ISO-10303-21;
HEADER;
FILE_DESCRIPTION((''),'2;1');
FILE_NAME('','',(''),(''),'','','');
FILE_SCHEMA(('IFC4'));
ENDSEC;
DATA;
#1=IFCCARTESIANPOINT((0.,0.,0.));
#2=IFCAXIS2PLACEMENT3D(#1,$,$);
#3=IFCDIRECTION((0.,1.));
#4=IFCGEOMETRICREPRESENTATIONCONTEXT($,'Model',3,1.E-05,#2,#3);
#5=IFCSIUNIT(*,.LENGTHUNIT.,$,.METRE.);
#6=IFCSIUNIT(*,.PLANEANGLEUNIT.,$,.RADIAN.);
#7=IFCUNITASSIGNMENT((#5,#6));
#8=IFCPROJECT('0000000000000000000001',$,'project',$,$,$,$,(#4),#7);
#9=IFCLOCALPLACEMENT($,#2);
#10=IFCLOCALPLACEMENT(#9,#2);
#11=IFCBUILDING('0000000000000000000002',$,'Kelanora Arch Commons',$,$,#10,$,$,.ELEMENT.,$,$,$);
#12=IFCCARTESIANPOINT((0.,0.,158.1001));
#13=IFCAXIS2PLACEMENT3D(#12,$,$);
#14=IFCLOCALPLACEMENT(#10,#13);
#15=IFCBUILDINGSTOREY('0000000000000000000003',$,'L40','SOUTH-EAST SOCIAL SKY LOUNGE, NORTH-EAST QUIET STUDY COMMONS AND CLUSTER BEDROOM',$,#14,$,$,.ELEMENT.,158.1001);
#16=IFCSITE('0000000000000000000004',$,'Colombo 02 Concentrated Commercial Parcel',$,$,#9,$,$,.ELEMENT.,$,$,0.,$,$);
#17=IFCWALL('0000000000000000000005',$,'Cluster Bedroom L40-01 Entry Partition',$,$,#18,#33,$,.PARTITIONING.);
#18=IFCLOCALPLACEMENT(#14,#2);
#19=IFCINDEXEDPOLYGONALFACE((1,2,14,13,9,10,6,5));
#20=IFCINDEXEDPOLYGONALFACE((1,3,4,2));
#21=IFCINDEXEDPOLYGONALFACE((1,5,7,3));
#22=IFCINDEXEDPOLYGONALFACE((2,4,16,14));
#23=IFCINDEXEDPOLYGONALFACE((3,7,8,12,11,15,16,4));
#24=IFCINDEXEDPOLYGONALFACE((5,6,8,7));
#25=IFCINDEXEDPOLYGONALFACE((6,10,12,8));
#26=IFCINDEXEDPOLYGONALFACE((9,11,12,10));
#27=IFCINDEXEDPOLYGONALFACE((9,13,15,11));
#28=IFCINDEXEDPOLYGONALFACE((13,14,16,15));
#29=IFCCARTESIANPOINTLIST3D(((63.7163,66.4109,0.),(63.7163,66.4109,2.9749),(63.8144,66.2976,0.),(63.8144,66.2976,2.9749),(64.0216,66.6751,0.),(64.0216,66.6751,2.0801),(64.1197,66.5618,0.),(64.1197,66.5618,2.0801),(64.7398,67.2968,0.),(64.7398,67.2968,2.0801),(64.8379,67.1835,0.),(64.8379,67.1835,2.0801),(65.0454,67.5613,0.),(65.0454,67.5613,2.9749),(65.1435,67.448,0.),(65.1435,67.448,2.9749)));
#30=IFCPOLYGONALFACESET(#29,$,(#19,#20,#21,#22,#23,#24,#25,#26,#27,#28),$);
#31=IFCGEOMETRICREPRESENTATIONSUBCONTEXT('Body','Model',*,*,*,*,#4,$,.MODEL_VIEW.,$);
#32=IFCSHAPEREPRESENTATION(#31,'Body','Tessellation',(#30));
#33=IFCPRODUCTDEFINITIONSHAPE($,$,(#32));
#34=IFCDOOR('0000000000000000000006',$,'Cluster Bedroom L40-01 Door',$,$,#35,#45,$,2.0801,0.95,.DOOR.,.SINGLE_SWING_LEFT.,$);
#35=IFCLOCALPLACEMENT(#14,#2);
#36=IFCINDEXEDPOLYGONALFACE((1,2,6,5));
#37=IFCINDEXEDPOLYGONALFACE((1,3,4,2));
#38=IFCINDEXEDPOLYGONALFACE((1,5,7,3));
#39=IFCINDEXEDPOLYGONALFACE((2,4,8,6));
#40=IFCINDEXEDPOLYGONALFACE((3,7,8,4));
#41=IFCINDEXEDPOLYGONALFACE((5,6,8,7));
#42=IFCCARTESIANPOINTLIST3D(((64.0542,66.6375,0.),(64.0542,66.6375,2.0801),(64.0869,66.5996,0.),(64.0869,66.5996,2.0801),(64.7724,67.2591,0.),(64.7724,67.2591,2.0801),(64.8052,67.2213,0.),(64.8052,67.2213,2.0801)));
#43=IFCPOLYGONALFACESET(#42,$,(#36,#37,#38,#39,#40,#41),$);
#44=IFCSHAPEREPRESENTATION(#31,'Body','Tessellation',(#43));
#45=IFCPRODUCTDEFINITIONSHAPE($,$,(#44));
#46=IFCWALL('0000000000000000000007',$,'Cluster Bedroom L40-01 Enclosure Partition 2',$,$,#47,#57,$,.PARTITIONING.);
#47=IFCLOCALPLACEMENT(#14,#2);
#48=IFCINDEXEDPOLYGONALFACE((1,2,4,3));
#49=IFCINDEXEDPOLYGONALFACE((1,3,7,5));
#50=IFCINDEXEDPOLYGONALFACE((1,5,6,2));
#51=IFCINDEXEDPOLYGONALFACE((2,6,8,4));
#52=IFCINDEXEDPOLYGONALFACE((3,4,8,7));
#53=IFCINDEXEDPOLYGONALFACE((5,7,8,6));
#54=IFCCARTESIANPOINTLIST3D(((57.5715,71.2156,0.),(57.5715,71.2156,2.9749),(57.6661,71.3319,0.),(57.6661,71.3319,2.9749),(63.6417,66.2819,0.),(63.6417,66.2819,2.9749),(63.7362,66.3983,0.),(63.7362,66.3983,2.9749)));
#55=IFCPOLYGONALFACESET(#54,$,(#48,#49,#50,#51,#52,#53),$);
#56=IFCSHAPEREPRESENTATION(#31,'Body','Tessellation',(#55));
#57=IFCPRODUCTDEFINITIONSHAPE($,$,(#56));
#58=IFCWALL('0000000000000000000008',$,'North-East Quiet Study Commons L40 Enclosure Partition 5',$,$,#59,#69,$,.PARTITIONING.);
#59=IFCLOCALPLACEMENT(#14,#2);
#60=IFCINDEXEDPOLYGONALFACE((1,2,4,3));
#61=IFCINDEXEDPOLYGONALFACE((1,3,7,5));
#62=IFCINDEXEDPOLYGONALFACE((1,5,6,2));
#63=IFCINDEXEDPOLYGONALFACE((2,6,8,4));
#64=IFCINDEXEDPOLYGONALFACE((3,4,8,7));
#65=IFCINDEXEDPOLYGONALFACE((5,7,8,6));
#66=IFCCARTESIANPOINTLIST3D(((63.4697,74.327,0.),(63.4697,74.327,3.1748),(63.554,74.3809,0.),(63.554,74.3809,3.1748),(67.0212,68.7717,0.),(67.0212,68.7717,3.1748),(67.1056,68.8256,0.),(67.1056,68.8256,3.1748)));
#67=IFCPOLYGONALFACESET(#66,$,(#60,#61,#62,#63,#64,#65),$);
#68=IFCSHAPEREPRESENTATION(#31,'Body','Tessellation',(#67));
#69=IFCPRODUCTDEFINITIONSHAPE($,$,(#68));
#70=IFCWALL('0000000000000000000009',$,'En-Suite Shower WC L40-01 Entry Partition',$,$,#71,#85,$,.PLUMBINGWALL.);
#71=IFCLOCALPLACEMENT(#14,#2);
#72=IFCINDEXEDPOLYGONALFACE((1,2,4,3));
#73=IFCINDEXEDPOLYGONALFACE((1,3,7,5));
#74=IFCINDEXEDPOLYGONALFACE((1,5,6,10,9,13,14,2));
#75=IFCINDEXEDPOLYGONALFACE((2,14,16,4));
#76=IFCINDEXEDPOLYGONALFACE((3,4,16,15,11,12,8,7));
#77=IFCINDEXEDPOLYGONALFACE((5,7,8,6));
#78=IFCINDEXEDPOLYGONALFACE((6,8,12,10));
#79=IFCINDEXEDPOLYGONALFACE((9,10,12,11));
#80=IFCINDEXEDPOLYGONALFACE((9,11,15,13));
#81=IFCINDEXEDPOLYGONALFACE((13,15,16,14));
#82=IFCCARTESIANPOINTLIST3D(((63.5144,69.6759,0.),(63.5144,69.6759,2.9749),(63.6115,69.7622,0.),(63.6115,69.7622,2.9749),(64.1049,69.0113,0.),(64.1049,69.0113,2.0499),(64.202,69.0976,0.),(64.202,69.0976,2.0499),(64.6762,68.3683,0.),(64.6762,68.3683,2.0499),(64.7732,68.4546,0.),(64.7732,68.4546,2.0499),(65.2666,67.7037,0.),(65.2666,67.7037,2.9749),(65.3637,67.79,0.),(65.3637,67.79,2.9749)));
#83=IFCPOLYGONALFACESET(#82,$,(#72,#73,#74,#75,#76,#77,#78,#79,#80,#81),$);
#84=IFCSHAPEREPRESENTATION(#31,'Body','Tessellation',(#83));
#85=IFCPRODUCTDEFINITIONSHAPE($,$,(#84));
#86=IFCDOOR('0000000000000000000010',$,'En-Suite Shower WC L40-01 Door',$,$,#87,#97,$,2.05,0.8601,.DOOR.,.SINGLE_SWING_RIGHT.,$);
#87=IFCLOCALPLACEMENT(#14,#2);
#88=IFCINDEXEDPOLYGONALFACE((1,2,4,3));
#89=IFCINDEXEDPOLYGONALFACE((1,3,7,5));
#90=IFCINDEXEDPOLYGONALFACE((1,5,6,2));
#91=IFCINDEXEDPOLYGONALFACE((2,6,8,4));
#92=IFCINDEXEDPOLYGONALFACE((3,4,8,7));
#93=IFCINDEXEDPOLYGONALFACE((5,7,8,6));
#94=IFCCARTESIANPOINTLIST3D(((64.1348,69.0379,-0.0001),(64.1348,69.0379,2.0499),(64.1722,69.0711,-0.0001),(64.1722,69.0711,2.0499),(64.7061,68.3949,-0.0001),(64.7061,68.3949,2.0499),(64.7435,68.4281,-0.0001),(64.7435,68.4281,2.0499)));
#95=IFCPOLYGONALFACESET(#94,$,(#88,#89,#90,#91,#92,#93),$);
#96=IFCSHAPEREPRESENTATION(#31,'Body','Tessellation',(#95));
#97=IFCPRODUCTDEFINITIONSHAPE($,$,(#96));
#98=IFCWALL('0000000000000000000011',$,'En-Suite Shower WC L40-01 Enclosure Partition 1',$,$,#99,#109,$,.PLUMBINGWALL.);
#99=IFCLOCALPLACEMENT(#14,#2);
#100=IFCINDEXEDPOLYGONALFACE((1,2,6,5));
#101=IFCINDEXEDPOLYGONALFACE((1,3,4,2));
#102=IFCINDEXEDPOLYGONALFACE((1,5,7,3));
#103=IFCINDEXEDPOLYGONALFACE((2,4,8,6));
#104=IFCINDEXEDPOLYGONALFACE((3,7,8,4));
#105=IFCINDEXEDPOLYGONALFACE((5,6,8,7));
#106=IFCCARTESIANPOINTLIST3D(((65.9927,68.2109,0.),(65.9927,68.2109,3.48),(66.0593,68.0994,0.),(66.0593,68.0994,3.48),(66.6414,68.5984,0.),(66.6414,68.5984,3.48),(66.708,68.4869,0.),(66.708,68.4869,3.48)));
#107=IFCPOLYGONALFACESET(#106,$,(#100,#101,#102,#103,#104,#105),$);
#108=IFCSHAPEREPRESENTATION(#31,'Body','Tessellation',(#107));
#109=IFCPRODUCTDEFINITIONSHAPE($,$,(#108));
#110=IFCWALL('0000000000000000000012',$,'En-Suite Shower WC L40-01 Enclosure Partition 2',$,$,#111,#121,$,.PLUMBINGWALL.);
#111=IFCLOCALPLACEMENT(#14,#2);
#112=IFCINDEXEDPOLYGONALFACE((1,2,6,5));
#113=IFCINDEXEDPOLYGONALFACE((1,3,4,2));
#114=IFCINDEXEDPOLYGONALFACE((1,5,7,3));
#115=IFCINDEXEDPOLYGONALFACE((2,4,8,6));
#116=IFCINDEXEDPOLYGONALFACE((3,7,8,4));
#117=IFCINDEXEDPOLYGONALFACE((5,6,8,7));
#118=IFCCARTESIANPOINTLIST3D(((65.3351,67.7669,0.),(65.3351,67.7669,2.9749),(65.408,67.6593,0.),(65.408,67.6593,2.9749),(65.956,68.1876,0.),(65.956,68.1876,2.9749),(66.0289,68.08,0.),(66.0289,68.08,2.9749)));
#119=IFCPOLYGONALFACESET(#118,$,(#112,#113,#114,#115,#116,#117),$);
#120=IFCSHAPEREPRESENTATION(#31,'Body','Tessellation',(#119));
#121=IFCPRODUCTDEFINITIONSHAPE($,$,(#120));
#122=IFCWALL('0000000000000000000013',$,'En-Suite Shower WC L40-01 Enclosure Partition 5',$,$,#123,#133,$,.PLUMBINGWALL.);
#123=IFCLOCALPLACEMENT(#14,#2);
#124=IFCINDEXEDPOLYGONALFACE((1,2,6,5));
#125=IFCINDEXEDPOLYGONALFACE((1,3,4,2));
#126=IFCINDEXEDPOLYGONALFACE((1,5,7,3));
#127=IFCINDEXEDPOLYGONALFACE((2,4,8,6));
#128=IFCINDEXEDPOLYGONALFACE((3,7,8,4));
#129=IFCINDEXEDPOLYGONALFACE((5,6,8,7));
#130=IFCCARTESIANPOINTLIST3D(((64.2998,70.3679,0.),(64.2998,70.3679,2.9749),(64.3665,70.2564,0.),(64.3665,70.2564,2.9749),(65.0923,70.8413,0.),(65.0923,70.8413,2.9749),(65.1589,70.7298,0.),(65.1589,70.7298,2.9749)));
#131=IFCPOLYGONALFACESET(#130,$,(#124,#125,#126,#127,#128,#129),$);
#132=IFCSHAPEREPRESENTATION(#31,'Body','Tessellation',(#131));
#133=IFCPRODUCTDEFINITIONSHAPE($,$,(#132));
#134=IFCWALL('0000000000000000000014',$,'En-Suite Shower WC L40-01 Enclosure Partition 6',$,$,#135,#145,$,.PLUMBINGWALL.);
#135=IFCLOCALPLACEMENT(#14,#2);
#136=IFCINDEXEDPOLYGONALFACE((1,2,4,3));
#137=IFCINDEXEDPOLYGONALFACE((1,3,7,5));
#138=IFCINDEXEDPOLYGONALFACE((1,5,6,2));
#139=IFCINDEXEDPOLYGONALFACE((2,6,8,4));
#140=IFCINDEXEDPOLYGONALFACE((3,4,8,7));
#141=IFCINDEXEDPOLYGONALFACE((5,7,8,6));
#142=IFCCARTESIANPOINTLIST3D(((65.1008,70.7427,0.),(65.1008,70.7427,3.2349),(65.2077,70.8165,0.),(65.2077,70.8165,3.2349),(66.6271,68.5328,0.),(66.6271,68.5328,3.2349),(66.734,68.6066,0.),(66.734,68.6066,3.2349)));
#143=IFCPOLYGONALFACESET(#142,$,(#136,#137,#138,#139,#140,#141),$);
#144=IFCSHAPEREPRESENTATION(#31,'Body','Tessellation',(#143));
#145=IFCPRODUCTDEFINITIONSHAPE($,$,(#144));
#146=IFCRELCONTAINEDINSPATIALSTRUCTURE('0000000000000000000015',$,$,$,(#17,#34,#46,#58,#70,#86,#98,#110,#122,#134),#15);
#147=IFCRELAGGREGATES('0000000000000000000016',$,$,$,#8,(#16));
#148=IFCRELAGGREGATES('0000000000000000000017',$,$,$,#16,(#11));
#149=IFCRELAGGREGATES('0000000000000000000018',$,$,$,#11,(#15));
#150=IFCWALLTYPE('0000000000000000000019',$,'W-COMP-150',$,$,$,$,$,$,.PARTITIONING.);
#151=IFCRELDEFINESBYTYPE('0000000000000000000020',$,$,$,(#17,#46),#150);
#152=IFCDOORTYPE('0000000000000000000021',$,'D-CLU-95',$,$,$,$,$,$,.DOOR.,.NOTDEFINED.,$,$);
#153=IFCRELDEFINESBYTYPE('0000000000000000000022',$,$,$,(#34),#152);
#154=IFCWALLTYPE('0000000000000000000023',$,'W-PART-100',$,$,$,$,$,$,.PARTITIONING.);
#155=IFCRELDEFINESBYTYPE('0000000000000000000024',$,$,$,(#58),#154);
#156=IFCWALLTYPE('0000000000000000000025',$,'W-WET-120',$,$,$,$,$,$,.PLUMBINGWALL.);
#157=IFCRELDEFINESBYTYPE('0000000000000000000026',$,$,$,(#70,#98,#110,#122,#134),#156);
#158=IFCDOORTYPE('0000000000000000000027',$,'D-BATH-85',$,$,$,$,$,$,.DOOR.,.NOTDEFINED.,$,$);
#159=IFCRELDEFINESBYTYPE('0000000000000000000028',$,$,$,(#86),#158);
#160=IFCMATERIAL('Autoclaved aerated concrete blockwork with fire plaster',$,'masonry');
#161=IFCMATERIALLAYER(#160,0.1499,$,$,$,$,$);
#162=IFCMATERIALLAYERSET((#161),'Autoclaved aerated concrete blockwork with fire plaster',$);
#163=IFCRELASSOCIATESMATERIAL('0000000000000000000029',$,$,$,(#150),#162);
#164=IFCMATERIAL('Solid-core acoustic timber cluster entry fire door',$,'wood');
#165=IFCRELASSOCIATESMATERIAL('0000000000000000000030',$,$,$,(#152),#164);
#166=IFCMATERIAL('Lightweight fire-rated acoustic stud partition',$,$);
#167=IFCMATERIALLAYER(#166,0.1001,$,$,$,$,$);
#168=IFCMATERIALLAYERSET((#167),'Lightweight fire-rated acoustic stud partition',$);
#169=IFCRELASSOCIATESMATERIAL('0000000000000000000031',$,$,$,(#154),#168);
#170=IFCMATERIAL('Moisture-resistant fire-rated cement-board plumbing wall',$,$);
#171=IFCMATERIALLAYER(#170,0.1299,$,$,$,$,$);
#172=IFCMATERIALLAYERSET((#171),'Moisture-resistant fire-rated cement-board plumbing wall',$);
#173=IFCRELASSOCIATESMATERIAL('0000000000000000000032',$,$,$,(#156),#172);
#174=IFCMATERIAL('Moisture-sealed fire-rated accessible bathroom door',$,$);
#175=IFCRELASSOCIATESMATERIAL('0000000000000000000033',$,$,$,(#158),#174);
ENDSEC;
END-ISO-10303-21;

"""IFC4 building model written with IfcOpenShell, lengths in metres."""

from ifc_helpers import new_model, si_unit, direction, frame, frame_2d, origin, place, context, subcontext, project, spatial, rectangle, extrude, material, layer, layer_set, type_object, element, fill, save


model = new_model("IFC4")

# Units and contexts
model_context = context("Model", 3, precision=1e-05, world=origin(), true_north=direction((0.0, 1.0)))
body_context = subcontext(model_context, "Body", "Model", "MODEL_VIEW")
ifc_project = project(units=[si_unit("LENGTHUNIT", "METRE"), si_unit("PLANEANGLEUNIT", "RADIAN")], contexts=[model_context])

# Site, building, storey
site_placement = place(None, origin())
site = spatial("IfcSite", under=ifc_project, at=site_placement, Name="Colombo 02 Concentrated Commercial Parcel", CompositionType="ELEMENT", RefElevation=0.0)
building_placement = place(site_placement, origin())
building = spatial("IfcBuilding", under=site, at=building_placement, Name="Kelanora Arch Commons", CompositionType="ELEMENT")
storey_placement = place(building_placement, frame((0.0, 0.0, 158.1001)))
storey = spatial("IfcBuildingStorey", under=building, at=storey_placement, Name="L40", Description="SOUTH-EAST SOCIAL SKY LOUNGE, NORTH-EAST QUIET STUDY COMMONS AND CLUSTER BEDROOM", CompositionType="ELEMENT", Elevation=158.1001)

# Wall, opening, door
ifc_material_1 = material(Name="Autoclaved aerated concrete blockwork with fire plaster", Category="masonry")
ifc_layer_1 = layer(ifc_material_1, 0.1499)
ifc_layer_set_1 = layer_set([ifc_layer_1], Name="Autoclaved aerated concrete blockwork with fire plaster")
wall_type_1 = type_object("IfcWallType", Name="W-COMP-150", PredefinedType="PARTITIONING", material=ifc_layer_set_1)
wall_1_placement = place(storey_placement, frame((65.0945, 67.5046, 0.0), z_axis=(0.0, 0.0, 1.0), x_axis=(-0.756111, -0.654444, 0.0)))
wall_1 = element("IfcWall", 1, at=wall_1_placement, inside=storey, type_object=wall_type_1, Name="Cluster Bedroom L40-01 Entry Partition", PredefinedType="PARTITIONING", context=body_context, shape_type="SweptSolid", body=[
    extrude(rectangle(XDim=1.7578, YDim=0.1499, at=frame_2d((0.8789, 0.0))), origin(), (0.0, 0.0, 1.0), 2.9749),
])
opening_1_placement = place(wall_1_placement, frame((0.4041, 0.0, 0.0)))
opening_1 = element("IfcOpeningElement", 2, at=opening_1_placement, cuts=wall_1, PredefinedType="OPENING", context=body_context, shape_type="SweptSolid", body=[
    extrude(rectangle(XDim=0.95, YDim=2.0801, at=frame_2d((0.4751, 1.04))), frame((0.0, 0.085, 0.0), z_axis=(0.0, -1.0, 0.0), x_axis=(1.0, 0.0, 0.0)), (0.0, 0.0, 1.0), 0.1699),
])
ifc_material_2 = material(Name="Solid-core acoustic timber cluster entry fire door", Category="wood")
door_type_1 = type_object("IfcDoorType", Name="D-CLU-95", OperationType="NOTDEFINED", PredefinedType="DOOR", material=ifc_material_2)
door_1_placement = place(opening_1_placement, origin())
door_1 = element("IfcDoor", 3, at=door_1_placement, inside=storey, type_object=door_type_1, Name="Cluster Bedroom L40-01 Door", OperationType="SINGLE_SWING_LEFT", OverallHeight=2.0801, OverallWidth=0.95, PredefinedType="DOOR", context=body_context, shape_type="SweptSolid", body=[
    extrude(rectangle(XDim=0.95, YDim=2.0801, at=frame_2d((0.4751, 1.04))), frame((0.0, 0.0249, 0.0), z_axis=(0.0, -1.0, 0.0), x_axis=(1.0, 0.0, 0.0)), (0.0, 0.0, 1.0), 0.05),
])
fill(opening_1, door_1)

# Walls
wall_2_placement = place(storey_placement, frame((63.689, 66.3401, 0.0), z_axis=(0.0, 0.0, 1.0), x_axis=(-0.77601, 0.630721, 0.0)))
element("IfcWall", 4, at=wall_2_placement, inside=storey, type_object=wall_type_1, Name="Cluster Bedroom L40-01 Enclosure Partition 2", PredefinedType="PARTITIONING", context=body_context, shape_type="SweptSolid", body=[
    extrude(rectangle(XDim=7.8223, YDim=0.1499, at=frame_2d((3.9111, 0.0))), origin(), (0.0, 0.0, 1.0), 2.9749),
])
ifc_material_3 = material(Name="Lightweight fire-rated acoustic stud partition")
ifc_layer_2 = layer(ifc_material_3, 0.1001)
ifc_layer_set_2 = layer_set([ifc_layer_2], Name="Lightweight fire-rated acoustic stud partition")
wall_type_2 = type_object("IfcWallType", Name="W-PART-100", PredefinedType="PARTITIONING", material=ifc_layer_set_2)
wall_3_placement = place(storey_placement, frame((67.0635, 68.7986, 0.0), z_axis=(0.0, 0.0, 1.0), x_axis=(-0.538645, 0.842533, 0.0)))
element("IfcWall", 5, at=wall_3_placement, inside=storey, type_object=wall_type_2, Name="North-East Quiet Study Commons L40 Enclosure Partition 5", PredefinedType="PARTITIONING", context=body_context, shape_type="SweptSolid", body=[
    extrude(rectangle(XDim=6.5935, YDim=0.1001, at=frame_2d((3.2969, 0.0))), origin(), (0.0, 0.0, 1.0), 3.1748),
])

# Wall, opening, door
ifc_material_4 = material(Name="Moisture-resistant fire-rated cement-board plumbing wall")
ifc_layer_3 = layer(ifc_material_4, 0.1299)
ifc_layer_set_3 = layer_set([ifc_layer_3], Name="Moisture-resistant fire-rated cement-board plumbing wall")
wall_type_3 = type_object("IfcWallType", Name="W-WET-120", PredefinedType="PLUMBINGWALL", material=ifc_layer_set_3)
wall_4_placement = place(storey_placement, frame((65.3152, 67.7468, 0.0), z_axis=(0.0, 0.0, 1.0), x_axis=(-0.664186, 0.747568, 0.0)))
wall_4 = element("IfcWall", 6, at=wall_4_placement, inside=storey, type_object=wall_type_3, Name="En-Suite Shower WC L40-01 Entry Partition", PredefinedType="PLUMBINGWALL", context=body_context, shape_type="SweptSolid", body=[
    extrude(rectangle(XDim=2.6382, YDim=0.1299, at=frame_2d((1.3191, 0.0))), origin(), (0.0, 0.0, 1.0), 2.9749),
])
opening_2_placement = place(wall_4_placement, frame((0.8889, 0.0, 0.0)))
opening_2 = element("IfcOpeningElement", 7, at=opening_2_placement, cuts=wall_4, PredefinedType="OPENING", context=body_context, shape_type="SweptSolid", body=[
    extrude(rectangle(XDim=0.8601, YDim=2.05, at=frame_2d((0.4302, 1.0249))), frame((0.0, 0.075, 0.0), z_axis=(0.0, -1.0, 0.0), x_axis=(1.0, 0.0, 0.0)), (0.0, 0.0, 1.0), 0.1499),
])
ifc_material_5 = material(Name="Moisture-sealed fire-rated accessible bathroom door")
door_type_2 = type_object("IfcDoorType", Name="D-BATH-85", OperationType="NOTDEFINED", PredefinedType="DOOR", material=ifc_material_5)
door_2_placement = place(opening_2_placement, origin())
door_2 = element("IfcDoor", 8, at=door_2_placement, inside=storey, type_object=door_type_2, Name="En-Suite Shower WC L40-01 Door", OperationType="SINGLE_SWING_RIGHT", OverallHeight=2.05, OverallWidth=0.8601, PredefinedType="DOOR", context=body_context, shape_type="SweptSolid", body=[
    extrude(rectangle(XDim=0.8601, YDim=2.05, at=frame_2d((0.4302, 1.0249))), frame((0.0, 0.0249, 0.0), z_axis=(0.0, -1.0, 0.0), x_axis=(1.0, 0.0, 0.0)), (0.0, 0.0, 1.0), 0.05),
])
fill(opening_2, door_2)

# Walls
wall_5_placement = place(storey_placement, frame((66.6748, 68.5427, 0.0), z_axis=(0.0, 0.0, 1.0), x_axis=(-0.858518, -0.512784, 0.0)))
element("IfcWall", 9, at=wall_5_placement, inside=storey, type_object=wall_type_3, Name="En-Suite Shower WC L40-01 Enclosure Partition 1", PredefinedType="PLUMBINGWALL", context=body_context, shape_type="SweptSolid", body=[
    extrude(rectangle(XDim=0.7556, YDim=0.1299, at=frame_2d((0.3779, 0.0))), origin(), (0.0, 0.0, 1.0), 3.48),
])
wall_6_placement = place(storey_placement, frame((65.9924, 68.1338, 0.0), z_axis=(0.0, 0.0, 1.0), x_axis=(-0.82787, -0.56092, 0.0)))
element("IfcWall", 10, at=wall_6_placement, inside=storey, type_object=wall_type_3, Name="En-Suite Shower WC L40-01 Enclosure Partition 2", PredefinedType="PLUMBINGWALL", context=body_context, shape_type="SweptSolid", body=[
    extrude(rectangle(XDim=0.75, YDim=0.1299, at=frame_2d((0.375, 0.0))), origin(), (0.0, 0.0, 1.0), 2.9749),
])
wall_7_placement = place(storey_placement, frame((64.3333, 70.3123, 0.0), z_axis=(0.0, 0.0, 1.0), x_axis=(0.858495, 0.512822, 0.0)))
element("IfcWall", 11, at=wall_7_placement, inside=storey, type_object=wall_type_3, Name="En-Suite Shower WC L40-01 Enclosure Partition 5", PredefinedType="PLUMBINGWALL", context=body_context, shape_type="SweptSolid", body=[
    extrude(rectangle(XDim=0.9231, YDim=0.1299, at=frame_2d((0.4614, 0.0))), origin(), (0.0, 0.0, 1.0), 2.9749),
])
wall_8_placement = place(storey_placement, frame((65.1543, 70.7795, 0.0), z_axis=(0.0, 0.0, 1.0), x_axis=(0.568302, -0.82282, 0.0)))
element("IfcWall", 12, at=wall_8_placement, inside=storey, type_object=wall_type_3, Name="En-Suite Shower WC L40-01 Enclosure Partition 6", PredefinedType="PLUMBINGWALL", context=body_context, shape_type="SweptSolid", body=[
    extrude(rectangle(XDim=2.6858, YDim=0.1299, at=frame_2d((1.3428, 0.0))), origin(), (0.0, 0.0, 1.0), 3.2349),
])

save(model, "model.ifc")
